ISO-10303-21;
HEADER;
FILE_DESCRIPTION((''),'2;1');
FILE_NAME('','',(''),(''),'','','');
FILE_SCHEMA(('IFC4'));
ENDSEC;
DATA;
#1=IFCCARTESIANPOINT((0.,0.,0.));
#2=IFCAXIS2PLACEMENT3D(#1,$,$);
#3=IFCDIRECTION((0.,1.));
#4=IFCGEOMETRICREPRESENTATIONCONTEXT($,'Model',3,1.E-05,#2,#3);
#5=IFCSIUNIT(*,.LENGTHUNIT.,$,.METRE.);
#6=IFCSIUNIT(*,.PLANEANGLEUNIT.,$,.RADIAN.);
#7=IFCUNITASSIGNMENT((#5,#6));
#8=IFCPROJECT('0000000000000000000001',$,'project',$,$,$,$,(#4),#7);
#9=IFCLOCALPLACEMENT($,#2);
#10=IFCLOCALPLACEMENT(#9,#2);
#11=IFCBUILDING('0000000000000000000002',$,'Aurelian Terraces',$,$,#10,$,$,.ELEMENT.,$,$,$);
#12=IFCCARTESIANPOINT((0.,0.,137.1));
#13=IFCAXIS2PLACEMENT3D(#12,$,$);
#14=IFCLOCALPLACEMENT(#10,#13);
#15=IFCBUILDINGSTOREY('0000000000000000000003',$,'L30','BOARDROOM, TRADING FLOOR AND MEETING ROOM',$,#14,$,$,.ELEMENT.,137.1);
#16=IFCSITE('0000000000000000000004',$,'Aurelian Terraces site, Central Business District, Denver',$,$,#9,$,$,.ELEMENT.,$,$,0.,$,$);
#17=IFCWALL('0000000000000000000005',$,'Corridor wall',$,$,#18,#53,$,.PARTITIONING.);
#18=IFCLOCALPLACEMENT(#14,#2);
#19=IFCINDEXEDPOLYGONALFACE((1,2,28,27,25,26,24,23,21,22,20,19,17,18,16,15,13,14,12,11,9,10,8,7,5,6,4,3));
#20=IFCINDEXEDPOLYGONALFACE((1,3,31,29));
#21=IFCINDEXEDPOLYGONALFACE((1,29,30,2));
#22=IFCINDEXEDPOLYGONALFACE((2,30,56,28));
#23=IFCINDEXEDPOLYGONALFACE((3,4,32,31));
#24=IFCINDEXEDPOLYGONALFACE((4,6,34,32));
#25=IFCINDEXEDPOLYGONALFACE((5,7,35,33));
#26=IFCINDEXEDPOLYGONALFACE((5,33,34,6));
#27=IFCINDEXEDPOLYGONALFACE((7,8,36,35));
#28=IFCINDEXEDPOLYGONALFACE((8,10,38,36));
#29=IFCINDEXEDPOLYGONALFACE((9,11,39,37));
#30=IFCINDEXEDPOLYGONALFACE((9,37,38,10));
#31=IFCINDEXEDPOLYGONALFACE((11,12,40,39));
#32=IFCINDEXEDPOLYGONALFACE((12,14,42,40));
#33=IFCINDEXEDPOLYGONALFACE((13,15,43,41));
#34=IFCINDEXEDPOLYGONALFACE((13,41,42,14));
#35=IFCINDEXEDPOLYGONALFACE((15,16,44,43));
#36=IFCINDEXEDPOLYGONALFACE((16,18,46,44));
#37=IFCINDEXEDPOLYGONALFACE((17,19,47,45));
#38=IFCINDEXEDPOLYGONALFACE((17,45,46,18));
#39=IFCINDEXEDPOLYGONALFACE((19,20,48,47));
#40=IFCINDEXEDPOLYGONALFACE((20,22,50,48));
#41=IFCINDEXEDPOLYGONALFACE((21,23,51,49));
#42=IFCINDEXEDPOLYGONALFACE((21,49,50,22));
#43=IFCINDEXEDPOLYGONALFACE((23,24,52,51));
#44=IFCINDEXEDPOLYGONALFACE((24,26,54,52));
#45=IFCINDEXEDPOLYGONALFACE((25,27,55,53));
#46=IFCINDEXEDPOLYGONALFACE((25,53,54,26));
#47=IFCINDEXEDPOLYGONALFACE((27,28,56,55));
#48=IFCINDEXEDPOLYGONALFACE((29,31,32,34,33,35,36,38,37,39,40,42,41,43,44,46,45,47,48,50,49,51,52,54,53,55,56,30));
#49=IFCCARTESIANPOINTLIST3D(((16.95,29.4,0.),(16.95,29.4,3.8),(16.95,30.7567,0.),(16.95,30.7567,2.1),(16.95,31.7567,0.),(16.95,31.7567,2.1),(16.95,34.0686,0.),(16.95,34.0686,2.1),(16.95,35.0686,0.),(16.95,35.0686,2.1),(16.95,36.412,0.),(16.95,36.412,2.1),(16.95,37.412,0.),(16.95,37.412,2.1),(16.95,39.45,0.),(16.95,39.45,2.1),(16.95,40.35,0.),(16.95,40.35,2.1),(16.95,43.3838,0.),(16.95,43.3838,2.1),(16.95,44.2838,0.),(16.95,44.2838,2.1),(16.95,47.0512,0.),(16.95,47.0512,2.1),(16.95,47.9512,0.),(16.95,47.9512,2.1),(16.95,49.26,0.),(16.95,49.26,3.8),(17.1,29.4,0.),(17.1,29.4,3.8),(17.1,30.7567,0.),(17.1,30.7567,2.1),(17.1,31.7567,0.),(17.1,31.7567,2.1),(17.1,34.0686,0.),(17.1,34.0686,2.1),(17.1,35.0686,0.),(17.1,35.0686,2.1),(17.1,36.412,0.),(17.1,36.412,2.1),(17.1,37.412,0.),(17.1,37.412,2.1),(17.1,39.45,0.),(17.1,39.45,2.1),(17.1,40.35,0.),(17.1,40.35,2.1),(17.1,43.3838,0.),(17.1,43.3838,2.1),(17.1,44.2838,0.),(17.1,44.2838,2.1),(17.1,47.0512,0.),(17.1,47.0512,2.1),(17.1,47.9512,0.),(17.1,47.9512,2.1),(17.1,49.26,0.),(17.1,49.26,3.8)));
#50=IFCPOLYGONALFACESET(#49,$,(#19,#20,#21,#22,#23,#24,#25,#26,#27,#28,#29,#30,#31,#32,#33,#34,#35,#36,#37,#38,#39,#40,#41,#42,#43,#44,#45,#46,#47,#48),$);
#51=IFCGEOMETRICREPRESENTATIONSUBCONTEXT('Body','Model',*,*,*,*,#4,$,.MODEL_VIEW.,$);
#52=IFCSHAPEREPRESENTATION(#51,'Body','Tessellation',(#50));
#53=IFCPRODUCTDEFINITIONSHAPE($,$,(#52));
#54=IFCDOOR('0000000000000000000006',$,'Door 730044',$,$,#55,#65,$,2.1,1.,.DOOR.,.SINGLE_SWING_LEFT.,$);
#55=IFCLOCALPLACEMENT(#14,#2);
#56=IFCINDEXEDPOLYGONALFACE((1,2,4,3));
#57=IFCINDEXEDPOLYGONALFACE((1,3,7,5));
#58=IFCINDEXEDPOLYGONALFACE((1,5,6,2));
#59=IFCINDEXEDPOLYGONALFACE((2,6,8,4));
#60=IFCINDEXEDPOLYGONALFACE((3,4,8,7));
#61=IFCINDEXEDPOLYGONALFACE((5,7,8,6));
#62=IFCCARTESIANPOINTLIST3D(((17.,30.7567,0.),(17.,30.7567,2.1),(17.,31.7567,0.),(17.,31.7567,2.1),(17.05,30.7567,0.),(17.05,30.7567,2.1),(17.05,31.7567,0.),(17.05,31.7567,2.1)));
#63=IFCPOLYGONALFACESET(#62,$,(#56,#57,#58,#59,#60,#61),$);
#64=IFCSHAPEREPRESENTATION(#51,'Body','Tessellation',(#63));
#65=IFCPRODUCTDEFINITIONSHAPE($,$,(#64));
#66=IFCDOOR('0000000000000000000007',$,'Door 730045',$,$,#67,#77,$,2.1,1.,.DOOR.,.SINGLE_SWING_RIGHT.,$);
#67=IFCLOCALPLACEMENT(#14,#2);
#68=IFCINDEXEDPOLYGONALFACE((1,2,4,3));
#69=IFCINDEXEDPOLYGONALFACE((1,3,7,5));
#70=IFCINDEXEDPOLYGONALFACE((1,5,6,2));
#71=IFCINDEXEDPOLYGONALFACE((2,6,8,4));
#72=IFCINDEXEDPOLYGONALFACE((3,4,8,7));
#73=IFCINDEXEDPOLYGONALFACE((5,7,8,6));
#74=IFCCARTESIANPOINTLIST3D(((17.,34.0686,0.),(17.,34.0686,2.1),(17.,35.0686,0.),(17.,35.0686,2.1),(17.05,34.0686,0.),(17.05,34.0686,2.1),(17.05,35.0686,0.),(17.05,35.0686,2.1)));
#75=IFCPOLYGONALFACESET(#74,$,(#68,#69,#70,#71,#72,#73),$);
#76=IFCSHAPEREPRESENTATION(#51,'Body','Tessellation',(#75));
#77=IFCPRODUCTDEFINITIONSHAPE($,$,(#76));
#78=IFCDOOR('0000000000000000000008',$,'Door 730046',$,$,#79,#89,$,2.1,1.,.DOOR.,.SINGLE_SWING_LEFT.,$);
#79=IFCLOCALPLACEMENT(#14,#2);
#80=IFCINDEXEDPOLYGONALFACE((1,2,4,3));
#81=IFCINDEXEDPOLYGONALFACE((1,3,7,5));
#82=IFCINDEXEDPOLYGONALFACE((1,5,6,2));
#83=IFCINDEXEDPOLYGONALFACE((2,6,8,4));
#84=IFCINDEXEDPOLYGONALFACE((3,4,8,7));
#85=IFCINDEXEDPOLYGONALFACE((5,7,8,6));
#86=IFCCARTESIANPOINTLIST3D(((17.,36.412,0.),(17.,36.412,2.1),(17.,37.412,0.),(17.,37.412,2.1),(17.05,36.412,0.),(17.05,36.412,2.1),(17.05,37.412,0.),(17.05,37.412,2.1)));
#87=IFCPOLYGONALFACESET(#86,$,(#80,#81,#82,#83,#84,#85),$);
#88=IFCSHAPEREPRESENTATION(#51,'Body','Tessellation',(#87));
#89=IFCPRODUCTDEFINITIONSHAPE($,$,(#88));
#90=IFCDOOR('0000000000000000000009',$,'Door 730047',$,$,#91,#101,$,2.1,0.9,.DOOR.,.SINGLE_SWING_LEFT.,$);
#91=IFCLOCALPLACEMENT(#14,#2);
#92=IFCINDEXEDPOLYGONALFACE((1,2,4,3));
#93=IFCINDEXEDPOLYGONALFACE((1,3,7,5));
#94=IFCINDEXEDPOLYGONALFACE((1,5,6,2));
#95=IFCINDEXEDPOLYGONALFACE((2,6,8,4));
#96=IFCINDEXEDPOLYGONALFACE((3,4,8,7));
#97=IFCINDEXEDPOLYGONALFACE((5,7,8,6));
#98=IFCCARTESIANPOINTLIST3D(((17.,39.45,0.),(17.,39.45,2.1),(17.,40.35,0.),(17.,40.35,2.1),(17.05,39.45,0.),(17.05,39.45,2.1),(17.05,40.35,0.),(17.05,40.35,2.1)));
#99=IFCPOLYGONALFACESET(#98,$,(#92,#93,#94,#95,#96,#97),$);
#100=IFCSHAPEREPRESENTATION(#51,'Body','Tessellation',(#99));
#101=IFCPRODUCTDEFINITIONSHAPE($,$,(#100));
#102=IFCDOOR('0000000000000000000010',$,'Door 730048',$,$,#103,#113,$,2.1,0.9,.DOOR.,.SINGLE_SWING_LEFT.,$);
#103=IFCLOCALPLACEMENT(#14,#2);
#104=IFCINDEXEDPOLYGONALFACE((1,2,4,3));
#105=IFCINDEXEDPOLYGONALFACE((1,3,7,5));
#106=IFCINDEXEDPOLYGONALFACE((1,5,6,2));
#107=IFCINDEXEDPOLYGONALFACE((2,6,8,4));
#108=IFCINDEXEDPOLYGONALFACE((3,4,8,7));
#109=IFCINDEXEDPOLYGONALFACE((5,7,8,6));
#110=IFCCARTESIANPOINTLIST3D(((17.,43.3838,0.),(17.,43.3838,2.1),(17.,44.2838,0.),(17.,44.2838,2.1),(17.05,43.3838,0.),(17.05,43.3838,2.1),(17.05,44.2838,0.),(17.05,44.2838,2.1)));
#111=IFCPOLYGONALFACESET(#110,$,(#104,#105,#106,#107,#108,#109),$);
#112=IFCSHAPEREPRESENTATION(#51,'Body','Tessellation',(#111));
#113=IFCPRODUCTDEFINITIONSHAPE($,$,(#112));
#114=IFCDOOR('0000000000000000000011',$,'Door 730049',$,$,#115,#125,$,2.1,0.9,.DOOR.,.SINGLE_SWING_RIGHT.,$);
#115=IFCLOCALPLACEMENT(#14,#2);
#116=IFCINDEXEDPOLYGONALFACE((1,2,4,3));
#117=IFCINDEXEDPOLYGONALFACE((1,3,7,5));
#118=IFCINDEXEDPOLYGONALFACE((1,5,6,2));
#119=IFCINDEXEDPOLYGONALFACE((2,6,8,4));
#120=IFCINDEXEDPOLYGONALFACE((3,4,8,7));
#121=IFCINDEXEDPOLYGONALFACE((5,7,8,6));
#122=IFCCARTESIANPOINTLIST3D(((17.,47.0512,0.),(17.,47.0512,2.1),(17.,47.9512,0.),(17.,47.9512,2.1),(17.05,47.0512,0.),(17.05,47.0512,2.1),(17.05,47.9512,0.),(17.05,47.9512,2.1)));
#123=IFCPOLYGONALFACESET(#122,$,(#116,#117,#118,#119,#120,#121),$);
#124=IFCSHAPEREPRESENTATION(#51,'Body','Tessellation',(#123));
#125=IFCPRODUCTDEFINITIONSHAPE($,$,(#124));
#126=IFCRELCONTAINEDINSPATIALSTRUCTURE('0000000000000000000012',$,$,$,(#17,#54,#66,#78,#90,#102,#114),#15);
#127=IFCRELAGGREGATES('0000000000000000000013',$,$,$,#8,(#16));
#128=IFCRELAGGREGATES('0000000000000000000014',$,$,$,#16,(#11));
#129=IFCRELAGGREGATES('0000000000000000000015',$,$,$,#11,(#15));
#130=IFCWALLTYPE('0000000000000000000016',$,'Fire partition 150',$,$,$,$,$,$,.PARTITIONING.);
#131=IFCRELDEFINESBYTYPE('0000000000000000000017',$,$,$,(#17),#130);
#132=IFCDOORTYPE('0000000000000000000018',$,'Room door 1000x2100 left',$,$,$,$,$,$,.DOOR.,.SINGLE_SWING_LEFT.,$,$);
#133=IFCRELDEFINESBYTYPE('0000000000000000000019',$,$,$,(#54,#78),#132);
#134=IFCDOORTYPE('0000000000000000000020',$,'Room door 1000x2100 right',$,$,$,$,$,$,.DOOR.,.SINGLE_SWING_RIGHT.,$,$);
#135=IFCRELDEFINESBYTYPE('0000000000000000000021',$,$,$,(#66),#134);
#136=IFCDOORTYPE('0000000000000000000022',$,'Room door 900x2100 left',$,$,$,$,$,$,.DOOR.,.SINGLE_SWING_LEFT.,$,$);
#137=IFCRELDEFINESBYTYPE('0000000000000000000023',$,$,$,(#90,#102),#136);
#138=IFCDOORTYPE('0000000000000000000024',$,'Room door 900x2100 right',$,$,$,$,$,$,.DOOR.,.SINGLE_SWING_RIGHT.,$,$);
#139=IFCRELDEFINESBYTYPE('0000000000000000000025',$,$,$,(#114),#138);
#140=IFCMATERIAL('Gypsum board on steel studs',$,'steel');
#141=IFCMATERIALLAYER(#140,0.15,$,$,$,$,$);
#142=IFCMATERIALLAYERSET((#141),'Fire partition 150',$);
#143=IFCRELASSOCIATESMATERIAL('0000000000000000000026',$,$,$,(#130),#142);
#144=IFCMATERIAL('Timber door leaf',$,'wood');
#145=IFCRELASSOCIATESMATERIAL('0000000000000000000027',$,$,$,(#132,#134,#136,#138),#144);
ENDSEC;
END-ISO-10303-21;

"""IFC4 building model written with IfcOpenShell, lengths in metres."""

from ifc_helpers import new_model, si_unit, direction, frame, frame_2d, origin, place, context, subcontext, project, spatial, rectangle, extrude, source, transform, mapped, material, layer, layer_set, type_object, element, fill, save


model = new_model("IFC4")

# Units and contexts
model_context = context("Model", 3, precision=1e-05, world=origin(), true_north=direction((0.0, 1.0)))
body_context = subcontext(model_context, "Body", "Model", "MODEL_VIEW")
ifc_project = project(units=[si_unit("LENGTHUNIT", "METRE"), si_unit("PLANEANGLEUNIT", "RADIAN")], contexts=[model_context])

# Site, building, storey
site_placement = place(None, origin())
site = spatial("IfcSite", under=ifc_project, at=site_placement, Name="Aurelian Terraces site, Central Business District, Denver", CompositionType="ELEMENT", RefElevation=0.0)
building_placement = place(site_placement, origin())
building = spatial("IfcBuilding", under=site, at=building_placement, Name="Aurelian Terraces", CompositionType="ELEMENT")
storey_placement = place(building_placement, frame((0.0, 0.0, 137.1)))
storey = spatial("IfcBuildingStorey", under=building, at=storey_placement, Name="L30", Description="BOARDROOM, TRADING FLOOR AND MEETING ROOM", CompositionType="ELEMENT", Elevation=137.1)

# Shared definitions
ifc_material_1 = material(Name="Gypsum board on steel studs", Category="steel")
ifc_layer_1 = layer(ifc_material_1, 0.15)
ifc_layer_set_1 = layer_set([ifc_layer_1], Name="Fire partition 150")
wall_type_1 = type_object("IfcWallType", Name="Fire partition 150", PredefinedType="PARTITIONING", material=ifc_layer_set_1)
ifc_material_2 = material(Name="Timber door leaf", Category="wood")

# Wall, openings, doors
shared_shape_1 = source(origin(), body_context, "Body", "SweptSolid", [
    extrude(rectangle(XDim=19.86, YDim=0.15, at=frame_2d((9.93, 0.0))), origin(), (0.0, 0.0, 1.0), 3.8),
])
wall_1_placement = place(storey_placement, frame((17.025, 49.26, 0.0), z_axis=(0.0, 0.0, 1.0), x_axis=(0.0, -1.0, 0.0)))
wall_1 = element("IfcWall", 1, at=wall_1_placement, inside=storey, type_object=wall_type_1, Name="Corridor wall", PredefinedType="PARTITIONING", context=body_context, shape_type="MappedRepresentation", body=[
    mapped(shared_shape_1, transform((0.0, 0.0, 0.0), scale=1.0)),
])
shared_shape_2 = source(origin(), body_context, "Body", "SweptSolid", [
    extrude(rectangle(XDim=1.0, YDim=2.1, at=frame_2d((0.5, 1.05))), frame((0.0, 0.085, 0.0), z_axis=(0.0, -1.0, 0.0), x_axis=(1.0, 0.0, 0.0)), (0.0, 0.0, 1.0), 0.17),
])
opening_1_placement = place(wall_1_placement, frame((17.5033, 0.0, 0.0)))
opening_1 = element("IfcOpeningElement", 2, at=opening_1_placement, cuts=wall_1, PredefinedType="OPENING", context=body_context, shape_type="MappedRepresentation", body=[
    mapped(shared_shape_2, transform((0.0, 0.0, 0.0), scale=1.0)),
])
opening_2_placement = place(wall_1_placement, frame((14.1914, 0.0, 0.0)))
opening_2 = element("IfcOpeningElement", 3, at=opening_2_placement, cuts=wall_1, PredefinedType="OPENING", context=body_context, shape_type="MappedRepresentation", body=[
    mapped(shared_shape_2, transform((0.0, 0.0, 0.0), scale=1.0)),
])
opening_3_placement = place(wall_1_placement, frame((11.848, 0.0, 0.0)))
opening_3 = element("IfcOpeningElement", 4, at=opening_3_placement, cuts=wall_1, PredefinedType="OPENING", context=body_context, shape_type="MappedRepresentation", body=[
    mapped(shared_shape_2, transform((0.0, 0.0, 0.0), scale=1.0)),
])
shared_shape_3 = source(origin(), body_context, "Body", "SweptSolid", [
    extrude(rectangle(XDim=0.9, YDim=2.1, at=frame_2d((0.45, 1.05))), frame((0.0, 0.085, 0.0), z_axis=(0.0, -1.0, 0.0), x_axis=(1.0, 0.0, 0.0)), (0.0, 0.0, 1.0), 0.17),
])
opening_4_placement = place(wall_1_placement, frame((8.91, 0.0, 0.0)))
opening_4 = element("IfcOpeningElement", 5, at=opening_4_placement, cuts=wall_1, PredefinedType="OPENING", context=body_context, shape_type="MappedRepresentation", body=[
    mapped(shared_shape_3, transform((0.0, 0.0, 0.0), scale=1.0)),
])
opening_5_placement = place(wall_1_placement, frame((4.9762, 0.0, 0.0)))
opening_5 = element("IfcOpeningElement", 6, at=opening_5_placement, cuts=wall_1, PredefinedType="OPENING", context=body_context, shape_type="MappedRepresentation", body=[
    mapped(shared_shape_3, transform((0.0, 0.0, 0.0), scale=1.0)),
])
opening_6_placement = place(wall_1_placement, frame((1.3088, 0.0, 0.0)))
opening_6 = element("IfcOpeningElement", 7, at=opening_6_placement, cuts=wall_1, PredefinedType="OPENING", context=body_context, shape_type="MappedRepresentation", body=[
    mapped(shared_shape_3, transform((0.0, 0.0, 0.0), scale=1.0)),
])
door_type_1 = type_object("IfcDoorType", Name="Room door 1000x2100 left", OperationType="SINGLE_SWING_LEFT", PredefinedType="DOOR", material=ifc_material_2)
shared_shape_4 = source(origin(), body_context, "Body", "SweptSolid", [
    extrude(rectangle(XDim=1.0, YDim=2.1, at=frame_2d((0.5, 1.05))), frame((0.0, 0.025, 0.0), z_axis=(0.0, -1.0, 0.0), x_axis=(1.0, 0.0, 0.0)), (0.0, 0.0, 1.0), 0.05),
])
door_1_placement = place(opening_1_placement, origin())
door_1 = element("IfcDoor", 8, at=door_1_placement, inside=storey, type_object=door_type_1, Name="Door 730044", OperationType="SINGLE_SWING_LEFT", OverallHeight=2.1, OverallWidth=1.0, PredefinedType="DOOR", context=body_context, shape_type="MappedRepresentation", body=[
    mapped(shared_shape_4, transform((0.0, 0.0, 0.0), scale=1.0)),
])
fill(opening_1, door_1)
door_type_2 = type_object("IfcDoorType", Name="Room door 1000x2100 right", OperationType="SINGLE_SWING_RIGHT", PredefinedType="DOOR", material=ifc_material_2)
door_2_placement = place(opening_2_placement, origin())
door_2 = element("IfcDoor", 9, at=door_2_placement, inside=storey, type_object=door_type_2, Name="Door 730045", OperationType="SINGLE_SWING_RIGHT", OverallHeight=2.1, OverallWidth=1.0, PredefinedType="DOOR", context=body_context, shape_type="MappedRepresentation", body=[
    mapped(shared_shape_4, transform((0.0, 0.0, 0.0), scale=1.0)),
])
fill(opening_2, door_2)
door_3_placement = place(opening_3_placement, origin())
door_3 = element("IfcDoor", 10, at=door_3_placement, inside=storey, type_object=door_type_1, Name="Door 730046", OperationType="SINGLE_SWING_LEFT", OverallHeight=2.1, OverallWidth=1.0, PredefinedType="DOOR", context=body_context, shape_type="MappedRepresentation", body=[
    mapped(shared_shape_4, transform((0.0, 0.0, 0.0), scale=1.0)),
])
fill(opening_3, door_3)
door_type_3 = type_object("IfcDoorType", Name="Room door 900x2100 left", OperationType="SINGLE_SWING_LEFT", PredefinedType="DOOR", material=ifc_material_2)
shared_shape_5 = source(origin(), body_context, "Body", "SweptSolid", [
    extrude(rectangle(XDim=0.9, YDim=2.1, at=frame_2d((0.45, 1.05))), frame((0.0, 0.025, 0.0), z_axis=(0.0, -1.0, 0.0), x_axis=(1.0, 0.0, 0.0)), (0.0, 0.0, 1.0), 0.05),
])
door_4_placement = place(opening_4_placement, origin())
door_4 = element("IfcDoor", 11, at=door_4_placement, inside=storey, type_object=door_type_3, Name="Door 730047", OperationType="SINGLE_SWING_LEFT", OverallHeight=2.1, OverallWidth=0.9, PredefinedType="DOOR", context=body_context, shape_type="MappedRepresentation", body=[
    mapped(shared_shape_5, transform((0.0, 0.0, 0.0), scale=1.0)),
])
fill(opening_4, door_4)
door_5_placement = place(opening_5_placement, origin())
door_5 = element("IfcDoor", 12, at=door_5_placement, inside=storey, type_object=door_type_3, Name="Door 730048", OperationType="SINGLE_SWING_LEFT", OverallHeight=2.1, OverallWidth=0.9, PredefinedType="DOOR", context=body_context, shape_type="MappedRepresentation", body=[
    mapped(shared_shape_5, transform((0.0, 0.0, 0.0), scale=1.0)),
])
fill(opening_5, door_5)
door_type_4 = type_object("IfcDoorType", Name="Room door 900x2100 right", OperationType="SINGLE_SWING_RIGHT", PredefinedType="DOOR", material=ifc_material_2)
door_6_placement = place(opening_6_placement, origin())
door_6 = element("IfcDoor", 13, at=door_6_placement, inside=storey, type_object=door_type_4, Name="Door 730049", OperationType="SINGLE_SWING_RIGHT", OverallHeight=2.1, OverallWidth=0.9, PredefinedType="DOOR", context=body_context, shape_type="MappedRepresentation", body=[
    mapped(shared_shape_5, transform((0.0, 0.0, 0.0), scale=1.0)),
])
fill(opening_6, door_6)

save(model, "model.ifc")
